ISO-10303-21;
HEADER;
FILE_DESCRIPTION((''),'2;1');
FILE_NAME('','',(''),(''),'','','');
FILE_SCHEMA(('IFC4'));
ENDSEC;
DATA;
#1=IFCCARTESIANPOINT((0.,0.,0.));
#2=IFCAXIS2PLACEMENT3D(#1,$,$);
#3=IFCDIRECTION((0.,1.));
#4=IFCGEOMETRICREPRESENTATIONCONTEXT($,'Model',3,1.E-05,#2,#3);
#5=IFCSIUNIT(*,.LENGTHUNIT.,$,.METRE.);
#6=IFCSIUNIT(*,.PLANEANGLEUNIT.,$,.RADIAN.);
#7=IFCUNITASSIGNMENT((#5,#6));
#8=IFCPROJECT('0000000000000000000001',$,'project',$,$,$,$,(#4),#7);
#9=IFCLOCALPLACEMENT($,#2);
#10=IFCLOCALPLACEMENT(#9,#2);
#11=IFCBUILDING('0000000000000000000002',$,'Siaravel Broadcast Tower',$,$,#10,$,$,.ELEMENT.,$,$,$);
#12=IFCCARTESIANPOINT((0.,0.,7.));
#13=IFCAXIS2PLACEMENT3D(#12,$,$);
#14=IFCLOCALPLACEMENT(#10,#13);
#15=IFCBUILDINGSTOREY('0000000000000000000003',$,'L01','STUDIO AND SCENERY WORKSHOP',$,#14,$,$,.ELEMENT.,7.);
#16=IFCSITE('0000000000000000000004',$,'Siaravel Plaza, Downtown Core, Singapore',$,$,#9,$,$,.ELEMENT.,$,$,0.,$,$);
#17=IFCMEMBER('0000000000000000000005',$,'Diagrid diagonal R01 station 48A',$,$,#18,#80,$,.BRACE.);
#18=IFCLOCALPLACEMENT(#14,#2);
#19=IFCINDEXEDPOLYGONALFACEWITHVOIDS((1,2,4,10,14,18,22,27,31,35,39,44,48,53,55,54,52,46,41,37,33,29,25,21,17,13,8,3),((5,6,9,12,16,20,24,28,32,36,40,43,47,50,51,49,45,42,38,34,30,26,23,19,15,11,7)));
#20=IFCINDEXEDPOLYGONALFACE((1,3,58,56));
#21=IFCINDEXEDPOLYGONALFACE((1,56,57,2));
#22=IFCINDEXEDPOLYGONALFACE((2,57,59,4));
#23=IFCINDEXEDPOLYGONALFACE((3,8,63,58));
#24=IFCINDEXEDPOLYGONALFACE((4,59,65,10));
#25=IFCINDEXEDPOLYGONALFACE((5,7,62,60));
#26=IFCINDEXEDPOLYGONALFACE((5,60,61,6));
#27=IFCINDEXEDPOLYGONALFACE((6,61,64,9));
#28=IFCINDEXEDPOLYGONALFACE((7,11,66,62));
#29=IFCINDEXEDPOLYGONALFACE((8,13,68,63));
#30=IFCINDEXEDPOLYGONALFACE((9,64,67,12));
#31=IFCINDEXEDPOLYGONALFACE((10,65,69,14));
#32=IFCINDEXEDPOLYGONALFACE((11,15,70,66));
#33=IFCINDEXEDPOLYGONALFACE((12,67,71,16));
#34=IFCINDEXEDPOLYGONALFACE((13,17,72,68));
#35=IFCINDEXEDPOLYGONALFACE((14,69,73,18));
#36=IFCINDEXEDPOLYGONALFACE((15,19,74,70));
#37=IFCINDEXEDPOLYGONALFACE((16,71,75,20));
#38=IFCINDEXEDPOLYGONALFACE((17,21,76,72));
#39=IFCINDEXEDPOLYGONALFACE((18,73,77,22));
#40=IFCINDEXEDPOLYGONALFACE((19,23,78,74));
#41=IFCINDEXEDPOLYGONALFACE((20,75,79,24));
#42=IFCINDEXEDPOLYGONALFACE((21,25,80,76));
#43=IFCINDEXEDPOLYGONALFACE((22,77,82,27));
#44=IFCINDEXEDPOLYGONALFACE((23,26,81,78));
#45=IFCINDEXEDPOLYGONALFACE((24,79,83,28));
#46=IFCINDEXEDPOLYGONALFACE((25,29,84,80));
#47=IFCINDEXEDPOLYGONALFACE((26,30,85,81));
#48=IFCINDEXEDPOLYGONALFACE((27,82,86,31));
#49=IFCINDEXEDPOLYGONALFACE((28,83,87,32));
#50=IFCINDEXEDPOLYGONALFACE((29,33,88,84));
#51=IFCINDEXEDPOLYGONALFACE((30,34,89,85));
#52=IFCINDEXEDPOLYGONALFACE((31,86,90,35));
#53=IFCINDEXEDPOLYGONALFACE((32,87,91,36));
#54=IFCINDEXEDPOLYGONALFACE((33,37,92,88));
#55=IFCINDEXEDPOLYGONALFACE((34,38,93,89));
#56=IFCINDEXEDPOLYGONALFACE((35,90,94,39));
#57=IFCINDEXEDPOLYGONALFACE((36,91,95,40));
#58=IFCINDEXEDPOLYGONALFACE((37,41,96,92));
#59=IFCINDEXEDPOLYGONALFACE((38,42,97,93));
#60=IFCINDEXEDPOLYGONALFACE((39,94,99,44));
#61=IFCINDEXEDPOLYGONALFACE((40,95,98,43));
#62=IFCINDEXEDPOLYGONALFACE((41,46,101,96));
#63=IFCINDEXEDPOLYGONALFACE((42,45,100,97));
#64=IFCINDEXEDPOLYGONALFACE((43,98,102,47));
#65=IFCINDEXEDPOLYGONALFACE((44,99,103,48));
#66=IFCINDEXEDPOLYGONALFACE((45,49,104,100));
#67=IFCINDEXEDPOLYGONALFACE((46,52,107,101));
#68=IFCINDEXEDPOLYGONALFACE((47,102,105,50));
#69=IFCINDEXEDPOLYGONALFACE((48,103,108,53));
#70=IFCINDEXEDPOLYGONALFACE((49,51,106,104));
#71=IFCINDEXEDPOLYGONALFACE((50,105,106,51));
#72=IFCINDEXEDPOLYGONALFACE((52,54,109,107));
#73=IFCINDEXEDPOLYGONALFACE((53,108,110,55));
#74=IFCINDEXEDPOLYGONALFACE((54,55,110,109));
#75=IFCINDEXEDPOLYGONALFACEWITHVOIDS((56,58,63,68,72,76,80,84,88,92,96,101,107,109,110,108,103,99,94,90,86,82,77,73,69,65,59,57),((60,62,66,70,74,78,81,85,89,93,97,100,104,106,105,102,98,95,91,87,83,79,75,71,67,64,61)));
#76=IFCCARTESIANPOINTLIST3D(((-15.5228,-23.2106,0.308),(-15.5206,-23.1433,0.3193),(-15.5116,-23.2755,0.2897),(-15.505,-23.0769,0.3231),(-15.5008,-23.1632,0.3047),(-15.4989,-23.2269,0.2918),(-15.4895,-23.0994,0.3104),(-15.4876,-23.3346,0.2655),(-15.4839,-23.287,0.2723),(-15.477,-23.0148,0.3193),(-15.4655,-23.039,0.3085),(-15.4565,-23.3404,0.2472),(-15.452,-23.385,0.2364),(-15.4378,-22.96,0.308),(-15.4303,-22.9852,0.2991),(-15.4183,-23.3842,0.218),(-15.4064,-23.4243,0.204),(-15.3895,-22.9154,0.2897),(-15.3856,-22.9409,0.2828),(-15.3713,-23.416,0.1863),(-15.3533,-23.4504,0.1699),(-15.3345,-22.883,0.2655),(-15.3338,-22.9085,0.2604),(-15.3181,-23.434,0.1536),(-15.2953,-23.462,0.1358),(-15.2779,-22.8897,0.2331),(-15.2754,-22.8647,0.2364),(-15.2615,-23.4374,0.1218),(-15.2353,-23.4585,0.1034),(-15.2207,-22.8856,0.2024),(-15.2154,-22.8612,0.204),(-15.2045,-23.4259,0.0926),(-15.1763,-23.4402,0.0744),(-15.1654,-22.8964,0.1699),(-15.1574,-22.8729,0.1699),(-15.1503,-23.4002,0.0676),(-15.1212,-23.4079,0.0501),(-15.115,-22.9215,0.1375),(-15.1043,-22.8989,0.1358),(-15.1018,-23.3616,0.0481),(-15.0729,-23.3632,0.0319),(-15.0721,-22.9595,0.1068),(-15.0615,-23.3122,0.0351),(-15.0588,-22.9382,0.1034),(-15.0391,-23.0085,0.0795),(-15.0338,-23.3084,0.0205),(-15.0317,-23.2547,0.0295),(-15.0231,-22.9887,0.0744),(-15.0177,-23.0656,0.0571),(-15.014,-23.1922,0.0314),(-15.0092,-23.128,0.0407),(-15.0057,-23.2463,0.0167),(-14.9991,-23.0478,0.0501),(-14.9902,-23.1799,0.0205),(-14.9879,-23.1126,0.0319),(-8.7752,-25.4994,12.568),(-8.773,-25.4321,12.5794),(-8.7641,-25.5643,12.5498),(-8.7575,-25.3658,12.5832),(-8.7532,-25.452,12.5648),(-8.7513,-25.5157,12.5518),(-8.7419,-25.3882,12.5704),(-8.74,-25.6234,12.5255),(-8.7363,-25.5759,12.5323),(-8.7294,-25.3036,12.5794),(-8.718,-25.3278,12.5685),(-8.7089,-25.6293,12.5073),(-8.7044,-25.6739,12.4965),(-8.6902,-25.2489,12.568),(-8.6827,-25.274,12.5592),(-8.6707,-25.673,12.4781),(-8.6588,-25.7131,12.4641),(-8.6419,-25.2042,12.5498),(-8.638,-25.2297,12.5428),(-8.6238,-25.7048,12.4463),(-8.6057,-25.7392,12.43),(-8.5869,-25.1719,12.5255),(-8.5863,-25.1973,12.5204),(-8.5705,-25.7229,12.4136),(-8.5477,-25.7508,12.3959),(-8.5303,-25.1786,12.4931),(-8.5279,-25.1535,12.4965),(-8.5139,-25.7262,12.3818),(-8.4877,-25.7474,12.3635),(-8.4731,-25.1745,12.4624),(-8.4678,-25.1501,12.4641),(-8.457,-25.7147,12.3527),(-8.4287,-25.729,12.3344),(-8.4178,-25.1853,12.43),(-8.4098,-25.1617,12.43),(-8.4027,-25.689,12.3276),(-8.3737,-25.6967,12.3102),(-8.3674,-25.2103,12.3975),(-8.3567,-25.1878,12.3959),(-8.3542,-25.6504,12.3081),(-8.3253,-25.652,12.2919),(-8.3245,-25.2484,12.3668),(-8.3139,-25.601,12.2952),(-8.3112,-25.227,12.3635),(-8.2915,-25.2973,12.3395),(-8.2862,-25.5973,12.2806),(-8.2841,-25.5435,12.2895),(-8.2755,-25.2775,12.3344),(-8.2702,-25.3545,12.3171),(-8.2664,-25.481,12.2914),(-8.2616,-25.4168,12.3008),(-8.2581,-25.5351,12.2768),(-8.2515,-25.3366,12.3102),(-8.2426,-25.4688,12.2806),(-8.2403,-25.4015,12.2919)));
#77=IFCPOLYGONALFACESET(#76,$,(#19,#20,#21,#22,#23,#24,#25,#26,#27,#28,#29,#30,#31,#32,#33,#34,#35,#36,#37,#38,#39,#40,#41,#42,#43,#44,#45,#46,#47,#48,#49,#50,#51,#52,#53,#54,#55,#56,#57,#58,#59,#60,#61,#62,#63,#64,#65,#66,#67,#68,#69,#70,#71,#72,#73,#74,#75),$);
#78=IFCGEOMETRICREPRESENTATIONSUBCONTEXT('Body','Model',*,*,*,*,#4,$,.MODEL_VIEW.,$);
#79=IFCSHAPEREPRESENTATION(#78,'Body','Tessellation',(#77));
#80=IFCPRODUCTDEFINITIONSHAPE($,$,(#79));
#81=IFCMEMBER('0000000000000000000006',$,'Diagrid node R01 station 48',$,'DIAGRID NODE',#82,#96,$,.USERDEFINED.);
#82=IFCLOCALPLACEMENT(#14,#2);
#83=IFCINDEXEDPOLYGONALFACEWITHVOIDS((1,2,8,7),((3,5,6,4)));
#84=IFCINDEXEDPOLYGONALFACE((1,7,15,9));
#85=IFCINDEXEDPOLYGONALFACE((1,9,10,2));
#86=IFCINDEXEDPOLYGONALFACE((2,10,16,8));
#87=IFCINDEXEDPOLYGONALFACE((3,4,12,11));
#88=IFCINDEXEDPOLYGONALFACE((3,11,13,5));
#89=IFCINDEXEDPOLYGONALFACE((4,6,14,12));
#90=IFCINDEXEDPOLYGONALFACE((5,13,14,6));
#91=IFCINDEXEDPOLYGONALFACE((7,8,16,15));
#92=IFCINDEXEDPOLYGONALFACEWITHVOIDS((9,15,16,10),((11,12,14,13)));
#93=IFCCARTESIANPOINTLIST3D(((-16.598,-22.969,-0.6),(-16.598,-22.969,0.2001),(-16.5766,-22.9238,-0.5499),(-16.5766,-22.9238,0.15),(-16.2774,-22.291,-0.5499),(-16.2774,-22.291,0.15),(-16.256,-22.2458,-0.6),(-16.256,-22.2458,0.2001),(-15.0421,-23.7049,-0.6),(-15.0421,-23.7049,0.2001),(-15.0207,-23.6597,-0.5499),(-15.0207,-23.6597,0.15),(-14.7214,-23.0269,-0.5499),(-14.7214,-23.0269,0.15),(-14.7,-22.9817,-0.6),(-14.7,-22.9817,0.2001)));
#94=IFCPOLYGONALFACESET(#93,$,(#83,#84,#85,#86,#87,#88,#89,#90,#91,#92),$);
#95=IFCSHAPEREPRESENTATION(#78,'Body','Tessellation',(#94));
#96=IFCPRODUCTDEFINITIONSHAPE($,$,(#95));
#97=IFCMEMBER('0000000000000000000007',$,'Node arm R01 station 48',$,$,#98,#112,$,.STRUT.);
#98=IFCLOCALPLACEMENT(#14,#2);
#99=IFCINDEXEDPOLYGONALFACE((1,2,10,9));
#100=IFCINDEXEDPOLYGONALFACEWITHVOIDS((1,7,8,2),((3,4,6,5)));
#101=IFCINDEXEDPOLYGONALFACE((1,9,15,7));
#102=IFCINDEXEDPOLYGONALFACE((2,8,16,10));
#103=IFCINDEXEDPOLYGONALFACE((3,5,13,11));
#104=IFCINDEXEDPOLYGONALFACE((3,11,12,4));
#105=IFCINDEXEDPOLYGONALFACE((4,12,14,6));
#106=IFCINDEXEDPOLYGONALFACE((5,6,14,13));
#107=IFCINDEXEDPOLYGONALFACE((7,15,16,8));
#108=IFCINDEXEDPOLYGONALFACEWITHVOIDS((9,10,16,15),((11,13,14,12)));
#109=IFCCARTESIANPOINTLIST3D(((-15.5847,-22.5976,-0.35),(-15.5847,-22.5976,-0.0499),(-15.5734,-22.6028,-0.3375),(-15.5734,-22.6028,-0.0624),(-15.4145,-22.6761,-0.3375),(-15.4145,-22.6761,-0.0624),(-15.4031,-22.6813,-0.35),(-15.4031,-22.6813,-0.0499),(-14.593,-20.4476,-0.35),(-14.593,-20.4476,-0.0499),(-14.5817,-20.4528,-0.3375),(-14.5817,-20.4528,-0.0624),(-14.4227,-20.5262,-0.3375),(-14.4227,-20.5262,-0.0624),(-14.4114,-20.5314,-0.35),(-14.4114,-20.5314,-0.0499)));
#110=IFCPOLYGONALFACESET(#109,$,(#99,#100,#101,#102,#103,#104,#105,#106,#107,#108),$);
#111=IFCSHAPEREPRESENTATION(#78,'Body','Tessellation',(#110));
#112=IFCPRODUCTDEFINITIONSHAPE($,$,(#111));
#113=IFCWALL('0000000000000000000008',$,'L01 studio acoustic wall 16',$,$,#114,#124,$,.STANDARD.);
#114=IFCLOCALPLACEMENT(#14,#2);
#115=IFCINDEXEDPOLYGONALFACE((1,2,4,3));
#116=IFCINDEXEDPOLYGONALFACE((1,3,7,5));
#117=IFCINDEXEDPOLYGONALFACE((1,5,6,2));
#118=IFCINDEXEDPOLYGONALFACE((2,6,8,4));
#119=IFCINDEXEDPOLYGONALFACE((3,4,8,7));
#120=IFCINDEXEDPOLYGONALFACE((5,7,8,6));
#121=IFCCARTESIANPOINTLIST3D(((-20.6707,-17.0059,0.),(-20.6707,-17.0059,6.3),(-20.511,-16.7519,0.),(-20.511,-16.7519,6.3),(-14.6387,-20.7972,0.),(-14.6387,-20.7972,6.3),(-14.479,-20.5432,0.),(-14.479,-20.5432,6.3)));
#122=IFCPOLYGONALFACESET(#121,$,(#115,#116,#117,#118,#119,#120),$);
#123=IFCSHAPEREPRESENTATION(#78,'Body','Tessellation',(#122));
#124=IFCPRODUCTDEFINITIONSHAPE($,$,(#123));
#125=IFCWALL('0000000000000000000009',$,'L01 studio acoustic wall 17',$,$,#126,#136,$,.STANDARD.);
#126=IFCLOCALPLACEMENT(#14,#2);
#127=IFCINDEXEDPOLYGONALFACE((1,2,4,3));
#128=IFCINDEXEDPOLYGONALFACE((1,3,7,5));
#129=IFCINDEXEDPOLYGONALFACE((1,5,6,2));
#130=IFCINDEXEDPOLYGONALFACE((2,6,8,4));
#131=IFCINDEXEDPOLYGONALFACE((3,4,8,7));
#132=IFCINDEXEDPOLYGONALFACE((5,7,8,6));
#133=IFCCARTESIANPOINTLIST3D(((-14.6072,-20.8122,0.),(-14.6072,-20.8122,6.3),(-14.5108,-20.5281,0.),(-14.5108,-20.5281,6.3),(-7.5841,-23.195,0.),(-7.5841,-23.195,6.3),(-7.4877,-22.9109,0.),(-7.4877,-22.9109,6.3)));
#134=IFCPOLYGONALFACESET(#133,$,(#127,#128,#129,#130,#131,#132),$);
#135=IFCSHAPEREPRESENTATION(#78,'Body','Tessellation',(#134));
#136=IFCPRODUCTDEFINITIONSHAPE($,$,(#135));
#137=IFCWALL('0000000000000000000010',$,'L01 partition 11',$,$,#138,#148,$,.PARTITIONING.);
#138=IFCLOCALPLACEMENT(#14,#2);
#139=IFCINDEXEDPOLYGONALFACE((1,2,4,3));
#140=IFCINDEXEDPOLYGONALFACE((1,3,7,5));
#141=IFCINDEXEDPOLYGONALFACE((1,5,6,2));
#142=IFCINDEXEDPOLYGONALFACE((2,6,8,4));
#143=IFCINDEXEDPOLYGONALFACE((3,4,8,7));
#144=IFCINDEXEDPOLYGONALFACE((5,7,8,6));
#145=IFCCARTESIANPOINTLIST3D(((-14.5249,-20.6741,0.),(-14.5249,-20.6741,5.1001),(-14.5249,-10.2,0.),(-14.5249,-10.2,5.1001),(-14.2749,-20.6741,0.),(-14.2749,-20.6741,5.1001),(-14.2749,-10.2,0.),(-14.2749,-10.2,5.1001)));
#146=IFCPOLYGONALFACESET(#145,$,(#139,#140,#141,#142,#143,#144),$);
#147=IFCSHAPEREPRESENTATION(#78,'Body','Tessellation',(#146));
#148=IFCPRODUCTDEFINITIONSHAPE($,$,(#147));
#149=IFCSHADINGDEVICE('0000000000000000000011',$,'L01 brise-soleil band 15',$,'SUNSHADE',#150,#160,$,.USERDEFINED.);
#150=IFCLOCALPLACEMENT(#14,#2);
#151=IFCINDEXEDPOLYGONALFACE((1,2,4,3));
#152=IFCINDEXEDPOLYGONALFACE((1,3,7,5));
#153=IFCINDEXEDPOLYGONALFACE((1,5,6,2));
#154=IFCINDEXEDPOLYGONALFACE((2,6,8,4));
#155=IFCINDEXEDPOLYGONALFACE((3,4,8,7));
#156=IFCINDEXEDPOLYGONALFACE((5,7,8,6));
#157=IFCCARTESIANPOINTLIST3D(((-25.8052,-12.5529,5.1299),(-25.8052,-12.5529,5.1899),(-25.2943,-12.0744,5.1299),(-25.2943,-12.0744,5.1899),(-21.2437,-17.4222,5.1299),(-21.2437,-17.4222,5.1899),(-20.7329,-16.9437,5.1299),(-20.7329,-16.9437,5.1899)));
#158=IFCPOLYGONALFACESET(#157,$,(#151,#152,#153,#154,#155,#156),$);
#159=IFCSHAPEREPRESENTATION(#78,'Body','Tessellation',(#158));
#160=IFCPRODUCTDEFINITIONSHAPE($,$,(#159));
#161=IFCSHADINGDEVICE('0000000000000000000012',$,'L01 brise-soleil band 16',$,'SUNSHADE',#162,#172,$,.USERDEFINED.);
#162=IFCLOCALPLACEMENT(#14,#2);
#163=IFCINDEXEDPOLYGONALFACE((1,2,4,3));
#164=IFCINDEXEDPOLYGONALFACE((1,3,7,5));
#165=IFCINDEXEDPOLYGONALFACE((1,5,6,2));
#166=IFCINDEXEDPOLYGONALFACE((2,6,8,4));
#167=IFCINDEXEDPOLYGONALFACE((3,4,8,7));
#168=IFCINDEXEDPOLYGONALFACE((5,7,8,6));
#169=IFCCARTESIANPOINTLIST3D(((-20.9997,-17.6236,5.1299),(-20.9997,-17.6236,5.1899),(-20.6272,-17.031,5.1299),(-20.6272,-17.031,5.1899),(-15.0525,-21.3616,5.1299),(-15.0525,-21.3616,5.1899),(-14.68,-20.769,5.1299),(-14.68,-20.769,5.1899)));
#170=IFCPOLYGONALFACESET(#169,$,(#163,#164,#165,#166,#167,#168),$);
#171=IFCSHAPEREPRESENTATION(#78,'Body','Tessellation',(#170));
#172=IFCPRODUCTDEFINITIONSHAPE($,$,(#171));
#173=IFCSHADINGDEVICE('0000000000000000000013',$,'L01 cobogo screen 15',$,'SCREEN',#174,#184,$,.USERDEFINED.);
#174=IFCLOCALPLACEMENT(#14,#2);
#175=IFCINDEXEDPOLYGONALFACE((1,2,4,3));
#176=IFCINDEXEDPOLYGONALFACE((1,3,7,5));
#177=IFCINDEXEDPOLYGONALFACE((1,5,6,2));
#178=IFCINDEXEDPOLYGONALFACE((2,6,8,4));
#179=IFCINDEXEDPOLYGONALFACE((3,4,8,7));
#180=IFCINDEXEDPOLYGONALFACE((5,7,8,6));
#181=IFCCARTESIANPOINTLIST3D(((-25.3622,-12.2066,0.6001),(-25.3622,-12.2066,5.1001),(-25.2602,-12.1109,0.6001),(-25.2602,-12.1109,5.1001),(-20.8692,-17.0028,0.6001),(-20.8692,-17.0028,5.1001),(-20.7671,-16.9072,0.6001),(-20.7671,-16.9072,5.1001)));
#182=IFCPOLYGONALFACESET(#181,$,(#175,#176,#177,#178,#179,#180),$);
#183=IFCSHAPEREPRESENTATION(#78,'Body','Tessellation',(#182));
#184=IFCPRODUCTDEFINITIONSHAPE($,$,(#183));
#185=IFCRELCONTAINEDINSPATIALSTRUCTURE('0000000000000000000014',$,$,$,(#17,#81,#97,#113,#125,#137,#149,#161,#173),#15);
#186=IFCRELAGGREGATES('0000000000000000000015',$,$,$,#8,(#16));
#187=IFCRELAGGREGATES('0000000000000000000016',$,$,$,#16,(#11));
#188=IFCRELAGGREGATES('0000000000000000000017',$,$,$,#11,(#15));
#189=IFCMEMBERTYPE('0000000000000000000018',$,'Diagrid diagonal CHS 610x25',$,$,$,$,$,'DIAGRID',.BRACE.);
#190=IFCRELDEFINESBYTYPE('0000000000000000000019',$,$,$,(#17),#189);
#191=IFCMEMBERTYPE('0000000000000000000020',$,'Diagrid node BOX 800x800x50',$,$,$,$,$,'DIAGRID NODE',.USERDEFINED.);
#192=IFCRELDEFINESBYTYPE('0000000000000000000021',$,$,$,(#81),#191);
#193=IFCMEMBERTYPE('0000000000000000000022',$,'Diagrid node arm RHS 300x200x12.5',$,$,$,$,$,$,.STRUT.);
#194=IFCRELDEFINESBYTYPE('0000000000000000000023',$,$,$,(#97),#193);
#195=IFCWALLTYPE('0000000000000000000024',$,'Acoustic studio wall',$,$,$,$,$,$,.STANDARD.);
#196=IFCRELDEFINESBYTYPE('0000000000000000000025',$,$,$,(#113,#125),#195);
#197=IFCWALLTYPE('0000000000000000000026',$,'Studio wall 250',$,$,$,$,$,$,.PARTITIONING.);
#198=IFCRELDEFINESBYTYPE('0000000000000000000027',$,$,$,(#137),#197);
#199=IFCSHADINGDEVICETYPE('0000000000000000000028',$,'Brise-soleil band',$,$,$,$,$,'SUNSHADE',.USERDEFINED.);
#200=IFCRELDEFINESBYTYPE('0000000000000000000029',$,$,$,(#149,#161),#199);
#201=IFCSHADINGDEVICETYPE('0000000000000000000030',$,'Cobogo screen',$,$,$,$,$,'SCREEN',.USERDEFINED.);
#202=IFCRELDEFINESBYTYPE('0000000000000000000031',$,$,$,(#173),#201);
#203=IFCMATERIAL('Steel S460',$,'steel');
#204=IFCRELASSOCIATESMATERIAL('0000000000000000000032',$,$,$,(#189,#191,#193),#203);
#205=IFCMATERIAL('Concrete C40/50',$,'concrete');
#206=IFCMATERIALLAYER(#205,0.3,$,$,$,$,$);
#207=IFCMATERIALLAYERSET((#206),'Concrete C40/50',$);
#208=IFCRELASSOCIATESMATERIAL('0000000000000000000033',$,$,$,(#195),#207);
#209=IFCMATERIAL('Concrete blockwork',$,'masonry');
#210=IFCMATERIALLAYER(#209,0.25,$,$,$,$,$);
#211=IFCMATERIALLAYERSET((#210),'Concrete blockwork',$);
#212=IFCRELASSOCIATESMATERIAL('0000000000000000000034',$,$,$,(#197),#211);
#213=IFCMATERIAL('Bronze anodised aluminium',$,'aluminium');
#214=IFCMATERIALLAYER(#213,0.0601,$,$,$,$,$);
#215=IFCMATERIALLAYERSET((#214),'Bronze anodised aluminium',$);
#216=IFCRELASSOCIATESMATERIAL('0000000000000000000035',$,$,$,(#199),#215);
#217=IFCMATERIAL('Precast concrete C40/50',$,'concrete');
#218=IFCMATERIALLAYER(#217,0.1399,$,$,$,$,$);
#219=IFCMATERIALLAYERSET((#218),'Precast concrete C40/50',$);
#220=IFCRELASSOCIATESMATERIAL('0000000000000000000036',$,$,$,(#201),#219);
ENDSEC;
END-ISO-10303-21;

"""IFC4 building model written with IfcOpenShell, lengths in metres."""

from ifc_helpers import new_model, si_unit, direction, frame, frame_2d, origin, origin_2d, place, context, subcontext, project, spatial, rectangle, hollow_rectangle, hollow_circle, extrude, material, layer, layer_set, material_profile, profile_set, type_object, element, save


model = new_model("IFC4")

# Units and contexts
model_context = context("Model", 3, precision=1e-05, world=origin(), true_north=direction((0.0, 1.0)))
body_context = subcontext(model_context, "Body", "Model", "MODEL_VIEW")
ifc_project = project(units=[si_unit("LENGTHUNIT", "METRE"), si_unit("PLANEANGLEUNIT", "RADIAN")], contexts=[model_context])

# Site, building, storey
site_placement = place(None, origin())
site = spatial("IfcSite", under=ifc_project, at=site_placement, Name="Siaravel Plaza, Downtown Core, Singapore", CompositionType="ELEMENT", RefElevation=0.0)
building_placement = place(site_placement, origin())
building = spatial("IfcBuilding", under=site, at=building_placement, Name="Siaravel Broadcast Tower", CompositionType="ELEMENT")
storey_placement = place(building_placement, frame((0.0, 0.0, 7.0)))
storey = spatial("IfcBuildingStorey", under=building, at=storey_placement, Name="L01", Description="STUDIO AND SCENERY WORKSHOP", CompositionType="ELEMENT", Elevation=7.0)

# Members
ifc_material_1 = material(Name="Steel S460", Category="steel")
ifc_material_profile_1 = material_profile(ifc_material_1, hollow_circle(Radius=0.3049, WallThickness=0.0249, at=origin_2d()))
ifc_profile_set_1 = profile_set([ifc_material_profile_1], Name="Steel S460")
member_type_1 = type_object("IfcMemberType", Name="Diagrid diagonal CHS 610x25", ElementType="DIAGRID", PredefinedType="BRACE", material=ifc_profile_set_1)
member_1_placement = place(storey_placement, frame((-15.2554, -23.1616, 0.1699), z_axis=(0.475846, -0.16141, 0.864591), x_axis=(0.321229, 0.947001, 0.0)))
element("IfcMember", 1, at=member_1_placement, inside=storey, type_object=member_type_1, Name="Diagrid diagonal R01 station 48A", PredefinedType="BRACE", context=body_context, shape_type="SweptSolid", body=[
    extrude(hollow_circle(Radius=0.3049, WallThickness=0.0249, at=origin_2d()), origin(), (0.0, 0.0, 1.0), 14.1802),
])
ifc_material_profile_2 = material_profile(ifc_material_1, hollow_rectangle(XDim=0.8, YDim=0.8, WallThickness=0.05, at=origin_2d()))
ifc_profile_set_2 = profile_set([ifc_material_profile_2], Name="Steel S460")
member_type_2 = type_object("IfcMemberType", Name="Diagrid node BOX 800x800x50", ElementType="DIAGRID NODE", PredefinedType="USERDEFINED", material=ifc_profile_set_2)
member_2_placement = place(storey_placement, frame((-16.427, -22.6074, -0.2), z_axis=(0.904001, -0.427531, 0.0), x_axis=(0.427531, 0.904001, 0.0)))
element("IfcMember", 2, at=member_2_placement, inside=storey, type_object=member_type_2, Name="Diagrid node R01 station 48", ObjectType="DIAGRID NODE", PredefinedType="USERDEFINED", context=body_context, shape_type="SweptSolid", body=[
    extrude(hollow_rectangle(XDim=0.8, YDim=0.8, WallThickness=0.05, at=origin_2d()), origin(), (0.0, 0.0, 1.0), 1.7212),
])
ifc_material_profile_3 = material_profile(ifc_material_1, hollow_rectangle(XDim=0.2, YDim=0.3, WallThickness=0.0125, at=origin_2d()))
ifc_profile_set_3 = profile_set([ifc_material_profile_3], Name="Steel S460")
member_type_3 = type_object("IfcMemberType", Name="Diagrid node arm RHS 300x200x12.5", PredefinedType="STRUT", material=ifc_profile_set_3)
member_3_placement = place(storey_placement, frame((-14.5022, -20.4895, -0.2), z_axis=(-0.418862, -0.90805, 0.0), x_axis=(0.90805, -0.418862, 0.0)))
element("IfcMember", 3, at=member_3_placement, inside=storey, type_object=member_type_3, Name="Node arm R01 station 48", PredefinedType="STRUT", context=body_context, shape_type="SweptSolid", body=[
    extrude(hollow_rectangle(XDim=0.2, YDim=0.3, WallThickness=0.0125, at=origin_2d()), origin(), (0.0, 0.0, 1.0), 2.3677),
])

# Walls
ifc_material_2 = material(Name="Concrete C40/50", Category="concrete")
ifc_layer_1 = layer(ifc_material_2, 0.3)
ifc_layer_set_1 = layer_set([ifc_layer_1], Name="Concrete C40/50")
wall_type_1 = type_object("IfcWallType", Name="Acoustic studio wall", PredefinedType="STANDARD", material=ifc_layer_set_1)
wall_1_placement = place(storey_placement, frame((-20.5908, -16.8789, 0.0), z_axis=(0.0, 0.0, 1.0), x_axis=(0.846654, -0.532144, 0.0)))
element("IfcWall", 4, at=wall_1_placement, inside=storey, type_object=wall_type_1, Name="L01 studio acoustic wall 16", PredefinedType="STANDARD", context=body_context, shape_type="SweptSolid", body=[
    extrude(rectangle(XDim=7.1245, YDim=0.3, at=frame_2d((3.5623, 0.0))), origin(), (0.0, 0.0, 1.0), 6.3),
])
wall_2_placement = place(storey_placement, frame((-14.5588, -20.6702, 0.0), z_axis=(0.0, 0.0, 1.0), x_axis=(0.946978, -0.3213, 0.0)))
element("IfcWall", 5, at=wall_2_placement, inside=storey, type_object=wall_type_1, Name="L01 studio acoustic wall 17", PredefinedType="STANDARD", context=body_context, shape_type="SweptSolid", body=[
    extrude(rectangle(XDim=7.4163, YDim=0.3, at=frame_2d((3.708, 0.0))), origin(), (0.0, 0.0, 1.0), 6.3),
])
ifc_material_3 = material(Name="Concrete blockwork", Category="masonry")
ifc_layer_2 = layer(ifc_material_3, 0.25)
ifc_layer_set_2 = layer_set([ifc_layer_2], Name="Concrete blockwork")
wall_type_2 = type_object("IfcWallType", Name="Studio wall 250", PredefinedType="PARTITIONING", material=ifc_layer_set_2)
wall_3_placement = place(storey_placement, frame((-14.3999, -20.6741, 0.0), z_axis=(0.0, 0.0, 1.0), x_axis=(0.0, 1.0, 0.0)))
element("IfcWall", 6, at=wall_3_placement, inside=storey, type_object=wall_type_2, Name="L01 partition 11", PredefinedType="PARTITIONING", context=body_context, shape_type="SweptSolid", body=[
    extrude(rectangle(XDim=10.4741, YDim=0.25, at=frame_2d((5.2371, 0.0))), origin(), (0.0, 0.0, 1.0), 5.1001),
])

# Shading devices
ifc_material_4 = material(Name="Bronze anodised aluminium", Category="aluminium")
ifc_layer_3 = layer(ifc_material_4, 0.0601)
ifc_layer_set_3 = layer_set([ifc_layer_3], Name="Bronze anodised aluminium")
shading_device_type_1 = type_object("IfcShadingDeviceType", Name="Brise-soleil band", ElementType="SUNSHADE", PredefinedType="USERDEFINED", material=ifc_layer_set_3)
shading_device_1_placement = place(storey_placement, frame((-23.269, -14.7483, 5.1299), z_axis=(0.0, 0.0, 1.0), x_axis=(0.683656, -0.729804, 0.0)))
element("IfcShadingDevice", 7, at=shading_device_1_placement, inside=storey, type_object=shading_device_type_1, Name="L01 brise-soleil band 15", ObjectType="SUNSHADE", PredefinedType="USERDEFINED", context=body_context, shape_type="SweptSolid", body=[
    extrude(rectangle(XDim=6.6721, YDim=0.7, at=origin_2d()), origin(), (0.0, 0.0, 1.0), 0.0601),
])
shading_device_2_placement = place(storey_placement, frame((-17.8398, -19.1963, 5.1299), z_axis=(0.0, 0.0, 1.0), x_axis=(0.84665, -0.532149, 0.0)))
element("IfcShadingDevice", 8, at=shading_device_2_placement, inside=storey, type_object=shading_device_type_1, Name="L01 brise-soleil band 16", ObjectType="SUNSHADE", PredefinedType="USERDEFINED", context=body_context, shape_type="SweptSolid", body=[
    extrude(rectangle(XDim=7.0244, YDim=0.7, at=origin_2d()), origin(), (0.0, 0.0, 1.0), 0.0601),
])
ifc_material_5 = material(Name="Precast concrete C40/50", Category="concrete")
ifc_layer_4 = layer(ifc_material_5, 0.1399)
ifc_layer_set_4 = layer_set([ifc_layer_4], Name="Precast concrete C40/50")
shading_device_type_2 = type_object("IfcShadingDeviceType", Name="Cobogo screen", ElementType="SCREEN", PredefinedType="USERDEFINED", material=ifc_layer_set_4)
shading_device_3_placement = place(storey_placement, frame((-23.0647, -14.5569, 0.6001), z_axis=(0.0, 0.0, 1.0), x_axis=(0.683656, -0.729804, 0.0)))
element("IfcShadingDevice", 9, at=shading_device_3_placement, inside=storey, type_object=shading_device_type_2, Name="L01 cobogo screen 15", ObjectType="SCREEN", PredefinedType="USERDEFINED", context=body_context, shape_type="SweptSolid", body=[
    extrude(rectangle(XDim=6.572, YDim=0.1399, at=origin_2d()), origin(), (0.0, 0.0, 1.0), 4.5),
])

save(model, "model.ifc")
